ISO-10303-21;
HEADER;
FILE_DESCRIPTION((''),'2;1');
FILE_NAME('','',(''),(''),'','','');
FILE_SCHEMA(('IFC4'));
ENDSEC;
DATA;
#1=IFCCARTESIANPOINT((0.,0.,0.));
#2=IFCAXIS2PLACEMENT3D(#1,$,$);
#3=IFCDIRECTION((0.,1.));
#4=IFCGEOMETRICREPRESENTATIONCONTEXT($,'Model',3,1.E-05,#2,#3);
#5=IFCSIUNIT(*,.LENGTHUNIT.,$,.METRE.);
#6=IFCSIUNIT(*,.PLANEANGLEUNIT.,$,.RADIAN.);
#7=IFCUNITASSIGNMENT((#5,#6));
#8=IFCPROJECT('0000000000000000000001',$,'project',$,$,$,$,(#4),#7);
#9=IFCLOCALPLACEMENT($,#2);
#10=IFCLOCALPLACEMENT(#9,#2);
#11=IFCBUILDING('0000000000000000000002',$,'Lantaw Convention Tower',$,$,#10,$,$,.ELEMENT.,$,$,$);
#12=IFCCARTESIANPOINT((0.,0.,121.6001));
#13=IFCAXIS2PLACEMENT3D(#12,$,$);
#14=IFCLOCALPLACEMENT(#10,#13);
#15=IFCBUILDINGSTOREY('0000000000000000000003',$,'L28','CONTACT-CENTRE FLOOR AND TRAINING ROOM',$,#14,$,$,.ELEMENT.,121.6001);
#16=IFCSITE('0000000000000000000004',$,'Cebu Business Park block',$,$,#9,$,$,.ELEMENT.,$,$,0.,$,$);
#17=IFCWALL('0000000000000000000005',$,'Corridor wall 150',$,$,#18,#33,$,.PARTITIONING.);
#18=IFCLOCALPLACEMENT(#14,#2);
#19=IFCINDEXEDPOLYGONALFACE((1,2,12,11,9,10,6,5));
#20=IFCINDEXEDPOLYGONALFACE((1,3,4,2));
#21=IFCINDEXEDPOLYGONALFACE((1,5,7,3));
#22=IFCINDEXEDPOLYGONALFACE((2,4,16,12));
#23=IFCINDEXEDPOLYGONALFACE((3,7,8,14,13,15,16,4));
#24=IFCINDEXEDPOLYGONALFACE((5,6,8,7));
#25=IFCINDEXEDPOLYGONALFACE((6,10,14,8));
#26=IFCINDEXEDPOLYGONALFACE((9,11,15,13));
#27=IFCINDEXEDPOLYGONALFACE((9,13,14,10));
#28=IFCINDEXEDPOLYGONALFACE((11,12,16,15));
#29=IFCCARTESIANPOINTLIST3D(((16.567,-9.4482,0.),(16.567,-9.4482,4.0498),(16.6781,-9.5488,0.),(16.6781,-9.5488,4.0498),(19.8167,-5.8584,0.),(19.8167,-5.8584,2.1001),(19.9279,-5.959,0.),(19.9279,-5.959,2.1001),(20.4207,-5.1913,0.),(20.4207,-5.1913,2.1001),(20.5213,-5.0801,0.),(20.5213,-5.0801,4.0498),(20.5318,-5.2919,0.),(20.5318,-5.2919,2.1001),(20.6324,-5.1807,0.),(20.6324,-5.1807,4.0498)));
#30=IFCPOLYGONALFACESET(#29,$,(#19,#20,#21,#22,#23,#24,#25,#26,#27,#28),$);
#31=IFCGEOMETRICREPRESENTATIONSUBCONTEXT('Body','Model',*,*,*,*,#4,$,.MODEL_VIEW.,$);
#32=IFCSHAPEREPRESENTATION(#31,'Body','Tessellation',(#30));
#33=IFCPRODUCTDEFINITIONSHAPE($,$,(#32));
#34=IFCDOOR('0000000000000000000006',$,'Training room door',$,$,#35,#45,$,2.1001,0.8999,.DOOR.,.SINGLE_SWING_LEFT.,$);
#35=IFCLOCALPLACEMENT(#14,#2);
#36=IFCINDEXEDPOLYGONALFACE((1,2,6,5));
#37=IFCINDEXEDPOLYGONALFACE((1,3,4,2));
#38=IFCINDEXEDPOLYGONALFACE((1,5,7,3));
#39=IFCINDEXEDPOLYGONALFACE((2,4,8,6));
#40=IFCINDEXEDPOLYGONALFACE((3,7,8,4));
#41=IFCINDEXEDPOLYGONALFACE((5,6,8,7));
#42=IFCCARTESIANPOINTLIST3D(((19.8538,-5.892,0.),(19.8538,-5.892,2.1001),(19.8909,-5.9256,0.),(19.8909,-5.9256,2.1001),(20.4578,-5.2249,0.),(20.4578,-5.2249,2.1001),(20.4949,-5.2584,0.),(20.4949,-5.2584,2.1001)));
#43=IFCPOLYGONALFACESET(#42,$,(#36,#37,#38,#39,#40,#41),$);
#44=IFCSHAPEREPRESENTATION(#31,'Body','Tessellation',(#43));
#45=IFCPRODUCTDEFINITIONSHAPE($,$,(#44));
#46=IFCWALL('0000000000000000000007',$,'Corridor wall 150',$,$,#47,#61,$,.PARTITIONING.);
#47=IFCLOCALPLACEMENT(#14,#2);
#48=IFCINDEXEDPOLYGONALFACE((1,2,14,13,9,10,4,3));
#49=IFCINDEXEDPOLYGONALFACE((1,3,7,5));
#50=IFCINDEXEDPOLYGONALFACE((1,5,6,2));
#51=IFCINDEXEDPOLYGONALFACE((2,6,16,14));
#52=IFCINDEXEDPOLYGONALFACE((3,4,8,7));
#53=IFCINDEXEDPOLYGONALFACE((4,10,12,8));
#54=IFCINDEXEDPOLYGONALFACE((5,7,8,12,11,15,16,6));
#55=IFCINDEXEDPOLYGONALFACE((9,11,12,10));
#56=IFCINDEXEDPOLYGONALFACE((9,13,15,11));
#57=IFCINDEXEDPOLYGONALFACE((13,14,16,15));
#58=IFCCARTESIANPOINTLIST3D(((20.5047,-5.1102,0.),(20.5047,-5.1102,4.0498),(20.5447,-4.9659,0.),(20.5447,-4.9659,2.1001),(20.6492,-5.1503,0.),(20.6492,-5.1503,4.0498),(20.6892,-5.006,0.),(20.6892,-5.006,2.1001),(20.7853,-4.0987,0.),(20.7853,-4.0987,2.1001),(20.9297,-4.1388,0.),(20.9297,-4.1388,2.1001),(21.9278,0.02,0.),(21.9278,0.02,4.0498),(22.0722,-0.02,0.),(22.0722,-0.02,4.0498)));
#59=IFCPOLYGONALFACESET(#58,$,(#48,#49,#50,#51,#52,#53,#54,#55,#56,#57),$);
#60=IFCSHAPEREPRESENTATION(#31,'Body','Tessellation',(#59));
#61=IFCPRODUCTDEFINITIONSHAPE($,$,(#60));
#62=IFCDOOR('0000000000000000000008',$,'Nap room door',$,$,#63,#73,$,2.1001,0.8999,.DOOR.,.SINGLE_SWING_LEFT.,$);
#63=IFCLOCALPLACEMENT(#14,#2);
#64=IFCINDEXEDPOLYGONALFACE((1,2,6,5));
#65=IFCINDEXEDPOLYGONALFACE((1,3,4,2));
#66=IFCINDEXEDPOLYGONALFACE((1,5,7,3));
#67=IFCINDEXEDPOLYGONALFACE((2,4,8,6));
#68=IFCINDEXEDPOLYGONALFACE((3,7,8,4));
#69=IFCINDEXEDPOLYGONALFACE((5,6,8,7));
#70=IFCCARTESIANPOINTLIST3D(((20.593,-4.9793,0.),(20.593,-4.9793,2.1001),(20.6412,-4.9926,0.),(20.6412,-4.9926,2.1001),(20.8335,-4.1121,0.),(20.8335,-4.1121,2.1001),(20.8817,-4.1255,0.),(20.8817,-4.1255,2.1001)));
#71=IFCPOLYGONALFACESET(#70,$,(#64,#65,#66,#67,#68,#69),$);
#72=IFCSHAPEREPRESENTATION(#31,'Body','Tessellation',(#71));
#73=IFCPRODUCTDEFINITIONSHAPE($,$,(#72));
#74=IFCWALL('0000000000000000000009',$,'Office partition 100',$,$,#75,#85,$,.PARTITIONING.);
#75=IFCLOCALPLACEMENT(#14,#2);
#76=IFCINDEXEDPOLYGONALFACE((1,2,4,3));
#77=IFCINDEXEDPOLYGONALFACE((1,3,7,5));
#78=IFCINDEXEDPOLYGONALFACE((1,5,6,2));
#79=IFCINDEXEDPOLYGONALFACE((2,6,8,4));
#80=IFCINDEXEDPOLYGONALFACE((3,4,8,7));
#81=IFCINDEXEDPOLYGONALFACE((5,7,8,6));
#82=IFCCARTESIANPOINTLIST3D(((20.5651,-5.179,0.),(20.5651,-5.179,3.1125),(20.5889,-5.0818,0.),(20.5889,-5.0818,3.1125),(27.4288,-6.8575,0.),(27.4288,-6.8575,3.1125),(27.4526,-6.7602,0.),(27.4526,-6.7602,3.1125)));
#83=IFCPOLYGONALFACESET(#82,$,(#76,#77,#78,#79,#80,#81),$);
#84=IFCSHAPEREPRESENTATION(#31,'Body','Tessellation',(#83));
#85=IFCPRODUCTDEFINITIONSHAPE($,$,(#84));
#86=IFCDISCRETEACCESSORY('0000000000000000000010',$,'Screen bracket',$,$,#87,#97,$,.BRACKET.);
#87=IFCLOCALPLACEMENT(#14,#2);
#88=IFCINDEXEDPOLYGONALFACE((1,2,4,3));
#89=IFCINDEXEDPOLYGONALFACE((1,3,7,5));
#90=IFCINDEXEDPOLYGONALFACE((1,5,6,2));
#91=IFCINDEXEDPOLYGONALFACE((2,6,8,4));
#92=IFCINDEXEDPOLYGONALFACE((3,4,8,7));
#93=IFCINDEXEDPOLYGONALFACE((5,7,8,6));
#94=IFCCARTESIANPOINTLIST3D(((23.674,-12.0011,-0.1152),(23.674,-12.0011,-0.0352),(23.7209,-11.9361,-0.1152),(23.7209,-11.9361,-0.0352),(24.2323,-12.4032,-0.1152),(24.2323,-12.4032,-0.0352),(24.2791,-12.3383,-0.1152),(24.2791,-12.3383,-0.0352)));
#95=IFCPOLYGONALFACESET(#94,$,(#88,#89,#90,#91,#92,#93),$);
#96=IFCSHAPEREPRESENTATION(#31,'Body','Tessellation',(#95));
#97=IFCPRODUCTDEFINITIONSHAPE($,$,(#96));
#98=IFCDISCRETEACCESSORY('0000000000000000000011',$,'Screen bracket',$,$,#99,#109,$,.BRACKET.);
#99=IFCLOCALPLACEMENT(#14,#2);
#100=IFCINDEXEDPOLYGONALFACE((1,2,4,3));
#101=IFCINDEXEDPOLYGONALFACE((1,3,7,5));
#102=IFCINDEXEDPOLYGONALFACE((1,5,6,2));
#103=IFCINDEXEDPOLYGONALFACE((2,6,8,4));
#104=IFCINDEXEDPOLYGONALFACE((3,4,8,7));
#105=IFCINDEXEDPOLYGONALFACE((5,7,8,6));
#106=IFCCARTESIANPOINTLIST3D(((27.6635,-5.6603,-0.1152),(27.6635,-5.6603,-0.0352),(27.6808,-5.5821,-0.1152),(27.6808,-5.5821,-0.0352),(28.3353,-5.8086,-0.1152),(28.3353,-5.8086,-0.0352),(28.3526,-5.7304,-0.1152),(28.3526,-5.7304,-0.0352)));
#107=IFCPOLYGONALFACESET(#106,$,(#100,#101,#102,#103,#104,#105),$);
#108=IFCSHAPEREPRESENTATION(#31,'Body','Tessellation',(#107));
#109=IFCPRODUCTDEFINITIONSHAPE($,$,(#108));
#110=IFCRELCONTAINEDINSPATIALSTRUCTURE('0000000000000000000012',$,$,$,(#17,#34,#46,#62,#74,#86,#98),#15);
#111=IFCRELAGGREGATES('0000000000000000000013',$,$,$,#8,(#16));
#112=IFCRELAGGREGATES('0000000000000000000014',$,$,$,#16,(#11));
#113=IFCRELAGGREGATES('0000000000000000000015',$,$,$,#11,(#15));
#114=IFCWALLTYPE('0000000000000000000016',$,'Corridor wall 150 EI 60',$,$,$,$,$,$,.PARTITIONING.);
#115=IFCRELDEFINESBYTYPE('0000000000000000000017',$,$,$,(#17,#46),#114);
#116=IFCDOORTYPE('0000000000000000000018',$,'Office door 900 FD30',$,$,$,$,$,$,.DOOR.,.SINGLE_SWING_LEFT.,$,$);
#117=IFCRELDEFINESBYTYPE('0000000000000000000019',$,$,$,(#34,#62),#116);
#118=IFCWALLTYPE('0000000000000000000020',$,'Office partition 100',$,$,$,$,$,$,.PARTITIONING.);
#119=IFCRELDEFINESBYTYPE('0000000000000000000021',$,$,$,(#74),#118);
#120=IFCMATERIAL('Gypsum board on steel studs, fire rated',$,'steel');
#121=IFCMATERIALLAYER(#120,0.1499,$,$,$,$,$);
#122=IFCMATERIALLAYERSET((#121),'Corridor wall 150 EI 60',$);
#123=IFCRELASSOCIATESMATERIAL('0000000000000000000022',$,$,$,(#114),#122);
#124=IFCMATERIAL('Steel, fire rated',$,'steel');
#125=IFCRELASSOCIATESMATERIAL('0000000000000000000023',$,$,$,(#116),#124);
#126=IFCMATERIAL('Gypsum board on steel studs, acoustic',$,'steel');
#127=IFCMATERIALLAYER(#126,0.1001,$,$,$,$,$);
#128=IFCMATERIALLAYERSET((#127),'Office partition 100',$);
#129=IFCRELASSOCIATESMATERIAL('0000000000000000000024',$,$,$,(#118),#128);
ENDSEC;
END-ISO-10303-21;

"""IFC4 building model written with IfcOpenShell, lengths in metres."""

from ifc_helpers import new_model, si_unit, direction, frame, frame_2d, origin, origin_2d, place, context, subcontext, project, spatial, rectangle, extrude, material, layer, layer_set, type_object, element, fill, save


model = new_model("IFC4")

# Units and contexts
model_context = context("Model", 3, precision=1e-05, world=origin(), true_north=direction((0.0, 1.0)))
body_context = subcontext(model_context, "Body", "Model", "MODEL_VIEW")
ifc_project = project(units=[si_unit("LENGTHUNIT", "METRE"), si_unit("PLANEANGLEUNIT", "RADIAN")], contexts=[model_context])

# Site, building, storey
site_placement = place(None, origin())
site = spatial("IfcSite", under=ifc_project, at=site_placement, Name="Cebu Business Park block", CompositionType="ELEMENT", RefElevation=0.0)
building_placement = place(site_placement, origin())
building = spatial("IfcBuilding", under=site, at=building_placement, Name="Lantaw Convention Tower", CompositionType="ELEMENT")
storey_placement = place(building_placement, frame((0.0, 0.0, 121.6001)))
storey = spatial("IfcBuildingStorey", under=building, at=storey_placement, Name="L28", Description="CONTACT-CENTRE FLOOR AND TRAINING ROOM", CompositionType="ELEMENT", Elevation=121.6001)

# Walls, openings, doors
ifc_material_1 = material(Name="Gypsum board on steel studs, fire rated", Category="steel")
ifc_layer_1 = layer(ifc_material_1, 0.1499)
ifc_layer_set_1 = layer_set([ifc_layer_1], Name="Corridor wall 150 EI 60")
wall_type_1 = type_object("IfcWallType", Name="Corridor wall 150 EI 60", PredefinedType="PARTITIONING", material=ifc_layer_set_1)
wall_1_placement = place(storey_placement, frame((16.6226, -9.4985, 0.0), z_axis=(0.0, 0.0, 1.0), x_axis=(0.671118, 0.74135, 0.0)))
wall_1 = element("IfcWall", 1, at=wall_1_placement, inside=storey, type_object=wall_type_1, Name="Corridor wall 150", PredefinedType="PARTITIONING", context=body_context, shape_type="SweptSolid", body=[
    extrude(rectangle(XDim=5.8921, YDim=0.1499, at=frame_2d((2.946, 0.0))), origin(), (0.0, 0.0, 1.0), 4.0498),
])
opening_1_placement = place(wall_1_placement, frame((4.8423, 0.0, 0.0)))
opening_1 = element("IfcOpeningElement", 2, at=opening_1_placement, cuts=wall_1, PredefinedType="OPENING", context=body_context, shape_type="SweptSolid", body=[
    extrude(rectangle(XDim=0.8999, YDim=2.1001, at=frame_2d((0.45, 1.05))), frame((0.0, 0.085, 0.0), z_axis=(0.0, -1.0, 0.0), x_axis=(1.0, 0.0, 0.0)), (0.0, 0.0, 1.0), 0.1699),
])
ifc_material_2 = material(Name="Steel, fire rated", Category="steel")
door_type = type_object("IfcDoorType", Name="Office door 900 FD30", OperationType="SINGLE_SWING_LEFT", PredefinedType="DOOR", material=ifc_material_2)
door_1_placement = place(opening_1_placement, origin())
door_1 = element("IfcDoor", 3, at=door_1_placement, inside=storey, type_object=door_type, Name="Training room door", OperationType="SINGLE_SWING_LEFT", OverallHeight=2.1001, OverallWidth=0.8999, PredefinedType="DOOR", context=body_context, shape_type="SweptSolid", body=[
    extrude(rectangle(XDim=0.8999, YDim=2.1001, at=frame_2d((0.45, 1.05))), frame((0.0, 0.0249, 0.0), z_axis=(0.0, -1.0, 0.0), x_axis=(1.0, 0.0, 0.0)), (0.0, 0.0, 1.0), 0.05),
])
fill(opening_1, door_1)
wall_2_placement = place(storey_placement, frame((20.5769, -5.1304, 0.0), z_axis=(0.0, 0.0, 1.0), x_axis=(0.267294, 0.963615, 0.0)))
wall_2 = element("IfcWall", 4, at=wall_2_placement, inside=storey, type_object=wall_type_1, Name="Corridor wall 150", PredefinedType="PARTITIONING", context=body_context, shape_type="SweptSolid", body=[
    extrude(rectangle(XDim=5.324, YDim=0.1499, at=frame_2d((2.6621, 0.0))), origin(), (0.0, 0.0, 1.0), 4.0498),
])
opening_2_placement = place(wall_2_placement, frame((0.1499, 0.0, 0.0)))
opening_2 = element("IfcOpeningElement", 5, at=opening_2_placement, cuts=wall_2, PredefinedType="OPENING", context=body_context, shape_type="SweptSolid", body=[
    extrude(rectangle(XDim=0.8999, YDim=2.1001, at=frame_2d((0.45, 1.05))), frame((0.0, 0.085, 0.0), z_axis=(0.0, -1.0, 0.0), x_axis=(1.0, 0.0, 0.0)), (0.0, 0.0, 1.0), 0.1699),
])
door_2_placement = place(opening_2_placement, origin())
door_2 = element("IfcDoor", 6, at=door_2_placement, inside=storey, type_object=door_type, Name="Nap room door", OperationType="SINGLE_SWING_LEFT", OverallHeight=2.1001, OverallWidth=0.8999, PredefinedType="DOOR", context=body_context, shape_type="SweptSolid", body=[
    extrude(rectangle(XDim=0.8999, YDim=2.1001, at=frame_2d((0.45, 1.05))), frame((0.0, 0.0249, 0.0), z_axis=(0.0, -1.0, 0.0), x_axis=(1.0, 0.0, 0.0)), (0.0, 0.0, 1.0), 0.05),
])
fill(opening_2, door_2)

# Wall
ifc_material_3 = material(Name="Gypsum board on steel studs, acoustic", Category="steel")
ifc_layer_2 = layer(ifc_material_3, 0.1001)
ifc_layer_set_2 = layer_set([ifc_layer_2], Name="Office partition 100")
wall_type_2 = type_object("IfcWallType", Name="Office partition 100", PredefinedType="PARTITIONING", material=ifc_layer_set_2)
wall_3_placement = place(storey_placement, frame((27.4407, -6.8088, 0.0), z_axis=(0.0, 0.0, 1.0), x_axis=(-0.971378, 0.237541, 0.0)))
element("IfcWall", 7, at=wall_3_placement, inside=storey, type_object=wall_type_2, Name="Office partition 100", PredefinedType="PARTITIONING", context=body_context, shape_type="SweptSolid", body=[
    extrude(rectangle(XDim=7.0659, YDim=0.1001, at=frame_2d((3.533, 0.0))), origin(), (0.0, 0.0, 1.0), 3.1125),
])

# Discrete accessories
for number, where, z_axis, x_axis, name in (
    (8, (23.9766, -12.1697, -0.1152), (0.0, 0.0, 1.0), (0.584513, 0.811385, 0.0), "Screen bracket"),
    (9, (28.0081, -5.6953, -0.1152), (0.0, 0.0, 1.0), (0.215546, 0.976494, 0.0), "Screen bracket"),
):
    element("IfcDiscreteAccessory", number, at=place(storey_placement, frame(where, z_axis=z_axis, x_axis=x_axis)), inside=storey, Name=name, PredefinedType="BRACKET", context=body_context, shape_type="SweptSolid", body=[
        extrude(rectangle(XDim=0.0801, YDim=0.688, at=origin_2d()), origin(), (0.0, 0.0, 1.0), 0.0801),
    ])

save(model, "model.ifc")
